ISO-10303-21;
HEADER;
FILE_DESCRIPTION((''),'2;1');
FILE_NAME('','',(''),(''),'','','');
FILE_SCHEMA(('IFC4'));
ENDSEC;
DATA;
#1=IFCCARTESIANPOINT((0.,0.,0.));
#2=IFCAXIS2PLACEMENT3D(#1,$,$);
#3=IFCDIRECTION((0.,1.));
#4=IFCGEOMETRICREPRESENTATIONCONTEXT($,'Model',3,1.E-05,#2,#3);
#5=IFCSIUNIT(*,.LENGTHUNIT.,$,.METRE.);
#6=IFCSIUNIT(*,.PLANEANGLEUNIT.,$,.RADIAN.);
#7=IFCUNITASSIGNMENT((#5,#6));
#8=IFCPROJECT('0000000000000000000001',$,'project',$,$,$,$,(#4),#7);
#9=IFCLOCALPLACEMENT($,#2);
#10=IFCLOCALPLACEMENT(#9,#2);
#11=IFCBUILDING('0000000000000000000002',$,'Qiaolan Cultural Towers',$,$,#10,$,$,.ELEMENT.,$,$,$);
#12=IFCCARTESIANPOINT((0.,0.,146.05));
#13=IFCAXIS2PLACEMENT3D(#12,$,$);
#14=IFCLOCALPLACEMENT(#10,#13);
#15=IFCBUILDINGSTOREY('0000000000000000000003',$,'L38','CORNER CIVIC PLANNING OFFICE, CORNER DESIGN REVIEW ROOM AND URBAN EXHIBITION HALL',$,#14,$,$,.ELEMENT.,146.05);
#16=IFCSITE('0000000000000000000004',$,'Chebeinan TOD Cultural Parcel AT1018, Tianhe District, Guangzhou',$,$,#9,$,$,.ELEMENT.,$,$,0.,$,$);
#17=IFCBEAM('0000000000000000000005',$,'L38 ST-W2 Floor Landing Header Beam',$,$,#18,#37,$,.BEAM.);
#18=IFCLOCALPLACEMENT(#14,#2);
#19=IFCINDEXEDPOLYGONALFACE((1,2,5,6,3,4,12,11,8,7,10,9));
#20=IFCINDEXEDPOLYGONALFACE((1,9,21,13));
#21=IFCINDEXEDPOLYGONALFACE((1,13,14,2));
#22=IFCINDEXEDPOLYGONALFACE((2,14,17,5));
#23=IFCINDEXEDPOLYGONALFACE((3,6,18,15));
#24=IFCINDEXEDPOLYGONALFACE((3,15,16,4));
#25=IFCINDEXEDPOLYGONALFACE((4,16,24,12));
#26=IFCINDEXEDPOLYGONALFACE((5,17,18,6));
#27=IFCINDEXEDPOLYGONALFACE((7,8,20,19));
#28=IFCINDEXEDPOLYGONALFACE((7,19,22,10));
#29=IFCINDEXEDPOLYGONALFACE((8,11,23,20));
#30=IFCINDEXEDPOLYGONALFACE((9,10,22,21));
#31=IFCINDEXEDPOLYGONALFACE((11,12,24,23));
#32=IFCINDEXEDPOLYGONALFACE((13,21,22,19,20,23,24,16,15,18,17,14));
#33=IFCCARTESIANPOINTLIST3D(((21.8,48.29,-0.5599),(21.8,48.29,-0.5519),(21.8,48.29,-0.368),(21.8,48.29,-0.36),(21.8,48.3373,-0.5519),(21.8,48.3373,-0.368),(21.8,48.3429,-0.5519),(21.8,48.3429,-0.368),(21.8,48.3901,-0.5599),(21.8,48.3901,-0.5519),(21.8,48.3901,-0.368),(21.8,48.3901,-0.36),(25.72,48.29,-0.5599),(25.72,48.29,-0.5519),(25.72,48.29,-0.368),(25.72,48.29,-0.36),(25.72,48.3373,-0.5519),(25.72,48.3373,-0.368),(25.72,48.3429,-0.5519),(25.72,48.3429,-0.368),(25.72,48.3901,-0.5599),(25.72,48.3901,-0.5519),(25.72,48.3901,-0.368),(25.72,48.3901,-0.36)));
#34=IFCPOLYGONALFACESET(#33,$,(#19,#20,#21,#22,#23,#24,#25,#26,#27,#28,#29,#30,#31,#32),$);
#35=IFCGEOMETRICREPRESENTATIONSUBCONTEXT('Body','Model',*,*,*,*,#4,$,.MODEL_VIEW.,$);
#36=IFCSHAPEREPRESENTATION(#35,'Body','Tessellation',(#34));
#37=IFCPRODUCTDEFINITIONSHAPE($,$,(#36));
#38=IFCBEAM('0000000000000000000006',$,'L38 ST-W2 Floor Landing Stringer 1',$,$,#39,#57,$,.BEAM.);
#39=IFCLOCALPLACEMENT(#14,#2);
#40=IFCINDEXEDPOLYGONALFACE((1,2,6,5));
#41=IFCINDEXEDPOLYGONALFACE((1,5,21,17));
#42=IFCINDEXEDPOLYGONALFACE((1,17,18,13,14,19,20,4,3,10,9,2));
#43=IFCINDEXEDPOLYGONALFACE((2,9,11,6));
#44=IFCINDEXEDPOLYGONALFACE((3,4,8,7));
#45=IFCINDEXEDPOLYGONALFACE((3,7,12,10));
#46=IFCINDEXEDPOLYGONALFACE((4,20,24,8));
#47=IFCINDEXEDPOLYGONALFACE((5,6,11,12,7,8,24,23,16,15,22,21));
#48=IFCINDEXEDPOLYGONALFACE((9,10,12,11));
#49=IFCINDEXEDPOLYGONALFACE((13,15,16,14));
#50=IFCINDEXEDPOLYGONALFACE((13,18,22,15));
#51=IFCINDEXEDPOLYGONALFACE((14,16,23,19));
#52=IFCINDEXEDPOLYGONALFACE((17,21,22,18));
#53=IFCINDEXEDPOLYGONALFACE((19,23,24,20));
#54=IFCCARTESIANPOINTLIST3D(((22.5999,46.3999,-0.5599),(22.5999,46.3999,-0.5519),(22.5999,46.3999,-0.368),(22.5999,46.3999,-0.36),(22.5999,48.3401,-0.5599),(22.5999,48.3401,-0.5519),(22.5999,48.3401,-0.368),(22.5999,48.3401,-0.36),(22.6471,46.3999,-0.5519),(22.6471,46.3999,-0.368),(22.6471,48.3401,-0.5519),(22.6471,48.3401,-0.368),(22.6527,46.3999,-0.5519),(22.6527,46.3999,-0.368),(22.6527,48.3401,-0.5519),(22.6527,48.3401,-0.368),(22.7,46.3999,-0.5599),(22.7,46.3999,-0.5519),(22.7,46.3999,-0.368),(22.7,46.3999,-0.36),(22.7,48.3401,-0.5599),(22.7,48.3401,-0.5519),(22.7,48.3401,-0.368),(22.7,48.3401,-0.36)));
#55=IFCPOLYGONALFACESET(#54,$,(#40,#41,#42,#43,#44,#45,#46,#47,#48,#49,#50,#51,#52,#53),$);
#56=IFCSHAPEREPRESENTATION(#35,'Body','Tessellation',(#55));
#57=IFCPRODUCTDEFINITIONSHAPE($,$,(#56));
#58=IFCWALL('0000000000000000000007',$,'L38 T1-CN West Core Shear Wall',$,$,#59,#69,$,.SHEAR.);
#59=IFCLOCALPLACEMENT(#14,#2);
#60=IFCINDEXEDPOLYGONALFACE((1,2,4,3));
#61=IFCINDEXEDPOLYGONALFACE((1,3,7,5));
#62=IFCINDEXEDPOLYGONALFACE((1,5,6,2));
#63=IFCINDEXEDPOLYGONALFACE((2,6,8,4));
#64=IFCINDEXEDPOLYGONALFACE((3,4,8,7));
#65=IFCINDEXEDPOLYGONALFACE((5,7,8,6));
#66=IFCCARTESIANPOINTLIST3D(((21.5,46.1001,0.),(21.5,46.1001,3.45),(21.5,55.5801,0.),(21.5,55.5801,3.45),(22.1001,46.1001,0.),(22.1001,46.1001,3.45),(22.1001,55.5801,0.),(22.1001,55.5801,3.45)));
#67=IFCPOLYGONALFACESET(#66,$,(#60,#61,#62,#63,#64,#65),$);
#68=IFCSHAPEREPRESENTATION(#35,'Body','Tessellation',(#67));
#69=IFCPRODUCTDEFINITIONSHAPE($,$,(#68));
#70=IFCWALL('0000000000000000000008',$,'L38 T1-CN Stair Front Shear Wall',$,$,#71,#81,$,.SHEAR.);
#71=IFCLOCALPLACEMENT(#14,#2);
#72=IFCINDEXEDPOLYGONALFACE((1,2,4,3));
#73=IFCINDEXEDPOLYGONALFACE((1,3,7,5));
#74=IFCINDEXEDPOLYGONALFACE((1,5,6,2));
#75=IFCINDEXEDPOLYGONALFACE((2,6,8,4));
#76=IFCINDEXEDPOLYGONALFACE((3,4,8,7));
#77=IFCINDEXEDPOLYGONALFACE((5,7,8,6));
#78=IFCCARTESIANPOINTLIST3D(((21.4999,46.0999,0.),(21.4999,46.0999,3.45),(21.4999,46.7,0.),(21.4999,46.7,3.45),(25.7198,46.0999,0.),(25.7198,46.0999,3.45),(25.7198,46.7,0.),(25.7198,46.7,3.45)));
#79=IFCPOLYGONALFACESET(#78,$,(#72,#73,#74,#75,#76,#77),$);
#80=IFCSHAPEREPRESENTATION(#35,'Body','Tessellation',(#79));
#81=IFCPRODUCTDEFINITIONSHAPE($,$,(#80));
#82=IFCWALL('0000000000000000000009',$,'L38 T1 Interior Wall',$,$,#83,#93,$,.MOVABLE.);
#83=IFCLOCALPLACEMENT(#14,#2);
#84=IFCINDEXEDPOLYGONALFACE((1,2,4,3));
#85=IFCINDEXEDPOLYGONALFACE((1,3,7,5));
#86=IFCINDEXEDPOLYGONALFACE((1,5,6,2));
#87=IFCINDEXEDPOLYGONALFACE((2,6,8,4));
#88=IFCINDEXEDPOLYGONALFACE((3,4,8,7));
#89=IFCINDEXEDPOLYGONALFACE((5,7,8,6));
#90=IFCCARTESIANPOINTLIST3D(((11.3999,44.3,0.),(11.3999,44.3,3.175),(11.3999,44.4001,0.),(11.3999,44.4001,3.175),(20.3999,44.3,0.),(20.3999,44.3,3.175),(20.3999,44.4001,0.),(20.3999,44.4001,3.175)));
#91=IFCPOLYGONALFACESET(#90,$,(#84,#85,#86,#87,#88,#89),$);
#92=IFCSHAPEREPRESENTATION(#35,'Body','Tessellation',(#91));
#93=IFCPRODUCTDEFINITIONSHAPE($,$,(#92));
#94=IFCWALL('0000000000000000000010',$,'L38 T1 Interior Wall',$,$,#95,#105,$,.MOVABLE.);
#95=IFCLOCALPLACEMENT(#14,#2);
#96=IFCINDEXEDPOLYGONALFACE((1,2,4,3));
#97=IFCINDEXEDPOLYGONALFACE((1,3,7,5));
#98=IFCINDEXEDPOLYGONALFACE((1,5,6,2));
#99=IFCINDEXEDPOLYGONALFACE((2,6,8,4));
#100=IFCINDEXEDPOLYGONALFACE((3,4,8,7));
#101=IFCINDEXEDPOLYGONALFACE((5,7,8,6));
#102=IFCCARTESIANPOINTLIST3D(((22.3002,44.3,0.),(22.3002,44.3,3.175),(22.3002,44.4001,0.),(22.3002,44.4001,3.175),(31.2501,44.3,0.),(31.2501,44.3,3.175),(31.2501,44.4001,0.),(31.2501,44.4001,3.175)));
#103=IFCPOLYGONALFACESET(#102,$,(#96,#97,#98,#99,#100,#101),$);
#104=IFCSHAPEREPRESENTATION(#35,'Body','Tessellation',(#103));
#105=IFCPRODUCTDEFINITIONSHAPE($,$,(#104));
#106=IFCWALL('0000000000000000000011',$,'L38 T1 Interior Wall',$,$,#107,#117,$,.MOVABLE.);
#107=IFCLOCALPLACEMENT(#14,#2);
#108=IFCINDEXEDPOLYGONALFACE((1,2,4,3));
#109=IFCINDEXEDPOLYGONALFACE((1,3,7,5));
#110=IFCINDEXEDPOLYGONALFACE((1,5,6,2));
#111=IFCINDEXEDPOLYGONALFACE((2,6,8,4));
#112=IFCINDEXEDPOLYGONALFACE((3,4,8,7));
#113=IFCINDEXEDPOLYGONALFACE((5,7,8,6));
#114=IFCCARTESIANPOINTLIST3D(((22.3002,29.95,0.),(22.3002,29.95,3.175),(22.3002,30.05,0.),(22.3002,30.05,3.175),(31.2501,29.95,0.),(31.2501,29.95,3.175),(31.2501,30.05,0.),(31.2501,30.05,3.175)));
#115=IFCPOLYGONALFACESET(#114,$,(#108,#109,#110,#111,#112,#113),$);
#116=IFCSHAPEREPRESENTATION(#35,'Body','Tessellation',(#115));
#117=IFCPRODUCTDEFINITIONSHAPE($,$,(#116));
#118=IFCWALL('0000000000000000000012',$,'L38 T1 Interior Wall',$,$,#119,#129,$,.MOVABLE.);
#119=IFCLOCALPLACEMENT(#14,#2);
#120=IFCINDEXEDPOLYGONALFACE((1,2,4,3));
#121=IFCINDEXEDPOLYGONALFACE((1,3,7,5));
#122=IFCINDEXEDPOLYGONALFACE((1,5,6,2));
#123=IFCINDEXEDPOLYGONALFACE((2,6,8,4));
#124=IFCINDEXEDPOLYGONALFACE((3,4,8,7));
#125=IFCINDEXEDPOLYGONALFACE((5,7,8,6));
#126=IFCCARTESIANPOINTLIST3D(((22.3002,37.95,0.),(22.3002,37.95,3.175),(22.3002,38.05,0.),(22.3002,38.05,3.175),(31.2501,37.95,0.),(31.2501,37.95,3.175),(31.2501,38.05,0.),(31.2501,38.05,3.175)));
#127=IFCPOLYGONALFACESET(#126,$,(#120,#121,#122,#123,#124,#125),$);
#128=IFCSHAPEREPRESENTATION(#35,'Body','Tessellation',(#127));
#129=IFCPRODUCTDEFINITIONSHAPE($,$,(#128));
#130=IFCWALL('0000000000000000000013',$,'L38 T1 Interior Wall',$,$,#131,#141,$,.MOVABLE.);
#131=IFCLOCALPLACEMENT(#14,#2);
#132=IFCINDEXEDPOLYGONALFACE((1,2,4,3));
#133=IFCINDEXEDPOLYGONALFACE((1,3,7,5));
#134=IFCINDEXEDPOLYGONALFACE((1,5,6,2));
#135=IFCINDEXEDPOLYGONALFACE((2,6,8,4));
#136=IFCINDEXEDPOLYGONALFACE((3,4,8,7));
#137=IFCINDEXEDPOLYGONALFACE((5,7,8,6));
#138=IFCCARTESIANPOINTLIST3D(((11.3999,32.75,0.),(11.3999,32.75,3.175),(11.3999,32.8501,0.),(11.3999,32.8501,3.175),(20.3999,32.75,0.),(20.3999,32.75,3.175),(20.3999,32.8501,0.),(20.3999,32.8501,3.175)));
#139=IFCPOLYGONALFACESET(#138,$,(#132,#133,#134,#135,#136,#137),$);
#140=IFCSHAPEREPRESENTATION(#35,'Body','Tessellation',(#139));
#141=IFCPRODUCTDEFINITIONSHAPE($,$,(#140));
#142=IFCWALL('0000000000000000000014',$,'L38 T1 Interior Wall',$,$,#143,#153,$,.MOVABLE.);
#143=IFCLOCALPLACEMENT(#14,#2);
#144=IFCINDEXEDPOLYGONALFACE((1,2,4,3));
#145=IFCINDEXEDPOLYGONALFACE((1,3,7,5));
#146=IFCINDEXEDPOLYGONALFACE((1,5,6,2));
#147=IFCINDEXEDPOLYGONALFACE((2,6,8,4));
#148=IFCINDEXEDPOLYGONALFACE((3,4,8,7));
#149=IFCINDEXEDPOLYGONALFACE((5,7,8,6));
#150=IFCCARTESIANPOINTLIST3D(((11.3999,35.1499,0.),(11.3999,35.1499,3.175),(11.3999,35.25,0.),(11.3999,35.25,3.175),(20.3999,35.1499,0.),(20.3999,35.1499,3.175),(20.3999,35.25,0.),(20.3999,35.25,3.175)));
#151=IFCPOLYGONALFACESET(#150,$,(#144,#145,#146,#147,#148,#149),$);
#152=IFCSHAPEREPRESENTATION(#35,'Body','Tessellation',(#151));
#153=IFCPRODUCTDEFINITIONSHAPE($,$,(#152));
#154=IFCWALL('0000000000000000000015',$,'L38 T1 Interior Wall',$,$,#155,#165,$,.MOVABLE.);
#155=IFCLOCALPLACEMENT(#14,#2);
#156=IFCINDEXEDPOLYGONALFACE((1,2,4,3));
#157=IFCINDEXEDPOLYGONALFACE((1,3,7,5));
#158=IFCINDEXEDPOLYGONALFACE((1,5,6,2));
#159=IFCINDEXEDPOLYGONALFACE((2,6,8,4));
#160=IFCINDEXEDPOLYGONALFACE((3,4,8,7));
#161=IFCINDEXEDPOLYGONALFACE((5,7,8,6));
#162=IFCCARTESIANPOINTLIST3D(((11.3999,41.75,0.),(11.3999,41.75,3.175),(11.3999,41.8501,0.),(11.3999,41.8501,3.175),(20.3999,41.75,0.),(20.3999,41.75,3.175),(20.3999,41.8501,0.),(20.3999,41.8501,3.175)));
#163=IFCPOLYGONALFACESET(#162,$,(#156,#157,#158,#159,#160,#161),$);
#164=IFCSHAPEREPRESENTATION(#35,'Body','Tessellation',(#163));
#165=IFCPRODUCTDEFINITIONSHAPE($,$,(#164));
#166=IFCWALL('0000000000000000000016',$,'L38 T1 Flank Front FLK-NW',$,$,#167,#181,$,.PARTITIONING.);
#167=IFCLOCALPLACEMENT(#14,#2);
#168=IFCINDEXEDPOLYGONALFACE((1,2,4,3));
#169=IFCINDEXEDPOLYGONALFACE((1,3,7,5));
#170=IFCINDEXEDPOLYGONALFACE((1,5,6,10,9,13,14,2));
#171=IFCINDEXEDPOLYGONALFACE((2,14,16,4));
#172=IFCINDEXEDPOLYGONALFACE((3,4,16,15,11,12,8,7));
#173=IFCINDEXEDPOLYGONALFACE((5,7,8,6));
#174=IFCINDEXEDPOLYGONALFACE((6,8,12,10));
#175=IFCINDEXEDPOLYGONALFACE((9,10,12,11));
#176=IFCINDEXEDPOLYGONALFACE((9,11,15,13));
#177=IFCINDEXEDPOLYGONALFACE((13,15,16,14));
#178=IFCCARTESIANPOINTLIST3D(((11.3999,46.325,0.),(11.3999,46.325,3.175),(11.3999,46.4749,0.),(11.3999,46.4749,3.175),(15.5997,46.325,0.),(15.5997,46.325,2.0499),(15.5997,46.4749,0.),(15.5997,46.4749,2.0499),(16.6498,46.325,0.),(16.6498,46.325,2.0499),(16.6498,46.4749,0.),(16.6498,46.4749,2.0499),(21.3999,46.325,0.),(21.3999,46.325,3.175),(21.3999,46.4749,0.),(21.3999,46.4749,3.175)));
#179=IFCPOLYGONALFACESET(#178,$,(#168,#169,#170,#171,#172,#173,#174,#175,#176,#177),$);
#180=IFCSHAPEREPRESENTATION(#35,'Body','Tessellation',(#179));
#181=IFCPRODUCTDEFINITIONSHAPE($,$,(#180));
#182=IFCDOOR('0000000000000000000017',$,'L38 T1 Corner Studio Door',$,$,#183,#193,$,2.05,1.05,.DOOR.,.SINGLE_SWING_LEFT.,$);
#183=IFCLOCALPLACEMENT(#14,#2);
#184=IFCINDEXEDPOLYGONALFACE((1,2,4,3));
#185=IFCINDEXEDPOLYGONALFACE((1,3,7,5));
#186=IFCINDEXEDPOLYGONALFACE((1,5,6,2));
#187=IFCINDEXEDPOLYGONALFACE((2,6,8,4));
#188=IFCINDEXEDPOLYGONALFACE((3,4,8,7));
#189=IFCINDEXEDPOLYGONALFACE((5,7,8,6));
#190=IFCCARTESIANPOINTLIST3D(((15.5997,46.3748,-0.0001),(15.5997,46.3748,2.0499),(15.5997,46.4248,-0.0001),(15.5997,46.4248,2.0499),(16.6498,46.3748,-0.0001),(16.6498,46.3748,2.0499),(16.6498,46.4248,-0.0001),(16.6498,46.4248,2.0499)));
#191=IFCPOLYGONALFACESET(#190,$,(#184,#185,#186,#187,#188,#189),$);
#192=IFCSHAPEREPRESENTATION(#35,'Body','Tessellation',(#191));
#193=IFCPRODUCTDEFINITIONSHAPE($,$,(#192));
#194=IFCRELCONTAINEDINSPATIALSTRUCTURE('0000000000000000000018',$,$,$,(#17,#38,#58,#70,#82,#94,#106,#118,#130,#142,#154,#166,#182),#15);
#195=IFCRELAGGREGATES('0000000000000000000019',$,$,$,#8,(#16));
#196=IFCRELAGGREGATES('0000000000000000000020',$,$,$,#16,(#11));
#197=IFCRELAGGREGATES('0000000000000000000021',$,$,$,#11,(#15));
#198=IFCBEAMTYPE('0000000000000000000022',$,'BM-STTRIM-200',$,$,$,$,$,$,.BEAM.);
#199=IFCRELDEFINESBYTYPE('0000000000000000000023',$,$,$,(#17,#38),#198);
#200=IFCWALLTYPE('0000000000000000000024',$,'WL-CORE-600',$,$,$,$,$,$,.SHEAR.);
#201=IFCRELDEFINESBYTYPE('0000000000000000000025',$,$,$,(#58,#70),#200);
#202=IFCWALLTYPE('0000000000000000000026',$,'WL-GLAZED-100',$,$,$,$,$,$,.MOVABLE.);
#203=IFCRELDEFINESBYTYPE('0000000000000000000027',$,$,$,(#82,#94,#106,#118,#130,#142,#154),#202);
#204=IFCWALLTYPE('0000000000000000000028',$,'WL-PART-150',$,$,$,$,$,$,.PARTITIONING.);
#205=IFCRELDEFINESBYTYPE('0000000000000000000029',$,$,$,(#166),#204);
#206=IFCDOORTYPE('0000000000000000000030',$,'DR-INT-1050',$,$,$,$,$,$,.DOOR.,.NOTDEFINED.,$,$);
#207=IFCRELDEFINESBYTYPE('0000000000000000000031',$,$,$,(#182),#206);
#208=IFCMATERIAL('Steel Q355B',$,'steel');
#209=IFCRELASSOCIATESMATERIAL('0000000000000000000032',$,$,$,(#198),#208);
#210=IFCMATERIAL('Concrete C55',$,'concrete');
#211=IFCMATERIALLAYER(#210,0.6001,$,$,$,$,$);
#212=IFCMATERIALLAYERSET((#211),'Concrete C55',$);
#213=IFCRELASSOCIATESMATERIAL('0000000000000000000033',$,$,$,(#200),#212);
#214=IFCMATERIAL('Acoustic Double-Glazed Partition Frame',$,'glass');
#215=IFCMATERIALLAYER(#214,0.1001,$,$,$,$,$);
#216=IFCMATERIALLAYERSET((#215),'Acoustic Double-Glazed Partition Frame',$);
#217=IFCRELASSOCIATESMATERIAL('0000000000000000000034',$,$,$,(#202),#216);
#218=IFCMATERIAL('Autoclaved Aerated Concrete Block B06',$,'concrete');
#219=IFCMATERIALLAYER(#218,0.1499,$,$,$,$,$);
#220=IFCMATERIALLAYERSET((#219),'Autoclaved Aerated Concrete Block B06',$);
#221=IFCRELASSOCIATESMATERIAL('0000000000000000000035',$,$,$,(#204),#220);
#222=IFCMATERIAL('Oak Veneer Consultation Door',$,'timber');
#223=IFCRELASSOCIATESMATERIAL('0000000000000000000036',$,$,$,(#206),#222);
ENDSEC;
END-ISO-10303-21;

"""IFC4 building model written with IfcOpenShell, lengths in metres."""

from ifc_helpers import new_model, si_unit, direction, frame, frame_2d, origin, origin_2d, place, context, subcontext, project, spatial, rectangle, i_section, extrude, material, layer, layer_set, material_profile, profile_set, type_object, element, fill, save


model = new_model("IFC4")

# Units and contexts
model_context = context("Model", 3, precision=1e-05, world=origin(), true_north=direction((0.0, 1.0)))
body_context = subcontext(model_context, "Body", "Model", "MODEL_VIEW")
ifc_project = project(units=[si_unit("LENGTHUNIT", "METRE"), si_unit("PLANEANGLEUNIT", "RADIAN")], contexts=[model_context])

# Site, building, storey
site_placement = place(None, origin())
site = spatial("IfcSite", under=ifc_project, at=site_placement, Name="Chebeinan TOD Cultural Parcel AT1018, Tianhe District, Guangzhou", CompositionType="ELEMENT", RefElevation=0.0)
building_placement = place(site_placement, origin())
building = spatial("IfcBuilding", under=site, at=building_placement, Name="Qiaolan Cultural Towers", CompositionType="ELEMENT")
storey_placement = place(building_placement, frame((0.0, 0.0, 146.05)))
storey = spatial("IfcBuildingStorey", under=building, at=storey_placement, Name="L38", Description="CORNER CIVIC PLANNING OFFICE, CORNER DESIGN REVIEW ROOM AND URBAN EXHIBITION HALL", CompositionType="ELEMENT", Elevation=146.05)

# Beams
ifc_material_1 = material(Name="Steel Q355B", Category="steel")
ifc_material_profile_1 = material_profile(ifc_material_1, i_section(OverallWidth=0.1001, OverallDepth=0.2, WebThickness=0.0056, FlangeThickness=0.0081, at=origin_2d()), Name="HN200x100x5.5x8")
ifc_profile_set_1 = profile_set([ifc_material_profile_1], Name="Steel Q355B")
beam_type_1 = type_object("IfcBeamType", Name="BM-STTRIM-200", PredefinedType="BEAM", material=ifc_profile_set_1)
beam_1_placement = place(storey_placement, frame((21.8, 48.3401, -0.46), z_axis=(1.0, 0.0, 0.0), x_axis=(0.0, 1.0, 0.0)))
element("IfcBeam", 1, at=beam_1_placement, inside=storey, type_object=beam_type_1, Name="L38 ST-W2 Floor Landing Header Beam", PredefinedType="BEAM", context=body_context, shape_type="SweptSolid", body=[
    extrude(i_section(OverallWidth=0.1001, OverallDepth=0.2, WebThickness=0.0056, FlangeThickness=0.0081, at=origin_2d()), origin(), (0.0, 0.0, 1.0), 3.9199),
])
beam_2_placement = place(storey_placement, frame((22.6499, 46.3999, -0.46), z_axis=(0.0, 1.0, 0.0), x_axis=(-1.0, 0.0, 0.0)))
element("IfcBeam", 2, at=beam_2_placement, inside=storey, type_object=beam_type_1, Name="L38 ST-W2 Floor Landing Stringer 1", PredefinedType="BEAM", context=body_context, shape_type="SweptSolid", body=[
    extrude(i_section(OverallWidth=0.1001, OverallDepth=0.2, WebThickness=0.0056, FlangeThickness=0.0081, at=origin_2d()), origin(), (0.0, 0.0, 1.0), 1.9402),
])

# Walls
ifc_material_2 = material(Name="Concrete C55", Category="concrete")
ifc_layer_1 = layer(ifc_material_2, 0.6001)
ifc_layer_set_1 = layer_set([ifc_layer_1], Name="Concrete C55")
wall_type_1 = type_object("IfcWallType", Name="WL-CORE-600", PredefinedType="SHEAR", material=ifc_layer_set_1)
wall_1_placement = place(storey_placement, frame((21.8, 46.1001, 0.0), z_axis=(0.0, 0.0, 1.0), x_axis=(0.0, 1.0, 0.0)))
element("IfcWall", 3, at=wall_1_placement, inside=storey, type_object=wall_type_1, Name="L38 T1-CN West Core Shear Wall", PredefinedType="SHEAR", context=body_context, shape_type="SweptSolid", body=[
    extrude(rectangle(XDim=9.48, YDim=0.6001, at=frame_2d((4.74, 0.0))), origin(), (0.0, 0.0, 1.0), 3.45),
])
wall_2_placement = place(storey_placement, frame((21.5, 46.3999, 0.0), z_axis=(0.0, 0.0, 1.0), x_axis=(1.0, 0.0, 0.0)))
element("IfcWall", 4, at=wall_2_placement, inside=storey, type_object=wall_type_1, Name="L38 T1-CN Stair Front Shear Wall", PredefinedType="SHEAR", context=body_context, shape_type="SweptSolid", body=[
    extrude(rectangle(XDim=4.22, YDim=0.6001, at=frame_2d((2.1099, 0.0))), origin(), (0.0, 0.0, 1.0), 3.45),
])
ifc_material_3 = material(Name="Acoustic Double-Glazed Partition Frame", Category="glass")
ifc_layer_2 = layer(ifc_material_3, 0.1001)
ifc_layer_set_2 = layer_set([ifc_layer_2], Name="Acoustic Double-Glazed Partition Frame")
wall_type_2 = type_object("IfcWallType", Name="WL-GLAZED-100", PredefinedType="MOVABLE", material=ifc_layer_set_2)
wall_3_placement = place(storey_placement, frame((11.3999, 44.3501, 0.0), z_axis=(0.0, 0.0, 1.0), x_axis=(1.0, 0.0, 0.0)))
element("IfcWall", 5, at=wall_3_placement, inside=storey, type_object=wall_type_2, Name="L38 T1 Interior Wall", PredefinedType="MOVABLE", context=body_context, shape_type="SweptSolid", body=[
    extrude(rectangle(XDim=9.0, YDim=0.1001, at=frame_2d((4.5, 0.0))), origin(), (0.0, 0.0, 1.0), 3.175),
])
for number, where, z_axis, x_axis, name in (
    (6, (22.3, 44.3501, 0.0), (0.0, 0.0, 1.0), (1.0, 0.0, 0.0), "L38 T1 Interior Wall"),
    (7, (22.3, 30.0, 0.0), (0.0, 0.0, 1.0), (1.0, 0.0, 0.0), "L38 T1 Interior Wall"),
    (8, (22.3, 38.0, 0.0), (0.0, 0.0, 1.0), (1.0, 0.0, 0.0), "L38 T1 Interior Wall"),
):
    element("IfcWall", number, at=place(storey_placement, frame(where, z_axis=z_axis, x_axis=x_axis)), inside=storey, type_object=wall_type_2, Name=name, PredefinedType="MOVABLE", context=body_context, shape_type="SweptSolid", body=[
        extrude(rectangle(XDim=8.95, YDim=0.1001, at=frame_2d((4.4751, 0.0))), origin(), (0.0, 0.0, 1.0), 3.175),
    ])
for number, where, z_axis, x_axis, name in (
    (9, (11.3999, 32.8, 0.0), (0.0, 0.0, 1.0), (1.0, 0.0, 0.0), "L38 T1 Interior Wall"),
    (10, (11.3999, 35.2, 0.0), (0.0, 0.0, 1.0), (1.0, 0.0, 0.0), "L38 T1 Interior Wall"),
    (11, (11.3999, 41.8, 0.0), (0.0, 0.0, 1.0), (1.0, 0.0, 0.0), "L38 T1 Interior Wall"),
):
    element("IfcWall", number, at=place(storey_placement, frame(where, z_axis=z_axis, x_axis=x_axis)), inside=storey, type_object=wall_type_2, Name=name, PredefinedType="MOVABLE", context=body_context, shape_type="SweptSolid", body=[
        extrude(rectangle(XDim=9.0, YDim=0.1001, at=frame_2d((4.5, 0.0))), origin(), (0.0, 0.0, 1.0), 3.175),
    ])

# Wall, opening, door
ifc_material_4 = material(Name="Autoclaved Aerated Concrete Block B06", Category="concrete")
ifc_layer_3 = layer(ifc_material_4, 0.1499)
ifc_layer_set_3 = layer_set([ifc_layer_3], Name="Autoclaved Aerated Concrete Block B06")
wall_type_3 = type_object("IfcWallType", Name="WL-PART-150", PredefinedType="PARTITIONING", material=ifc_layer_set_3)
wall_4_placement = place(storey_placement, frame((11.3999, 46.3999, 0.0), z_axis=(0.0, 0.0, 1.0), x_axis=(1.0, 0.0, 0.0)))
wall_4 = element("IfcWall", 12, at=wall_4_placement, inside=storey, type_object=wall_type_3, Name="L38 T1 Flank Front FLK-NW", PredefinedType="PARTITIONING", context=body_context, shape_type="SweptSolid", body=[
    extrude(rectangle(XDim=10.0, YDim=0.1499, at=frame_2d((5.0, 0.0))), origin(), (0.0, 0.0, 1.0), 3.175),
])
opening_placement = place(wall_4_placement, frame((4.2, 0.0, 0.0)))
opening = element("IfcOpeningElement", 13, at=opening_placement, cuts=wall_4, PredefinedType="OPENING", context=body_context, shape_type="SweptSolid", body=[
    extrude(rectangle(XDim=1.05, YDim=2.05, at=frame_2d((0.5249, 1.0249))), frame((0.0, 0.085, 0.0), z_axis=(0.0, -1.0, 0.0), x_axis=(1.0, 0.0, 0.0)), (0.0, 0.0, 1.0), 0.1699),
])
ifc_material_5 = material(Name="Oak Veneer Consultation Door", Category="timber")
door_type = type_object("IfcDoorType", Name="DR-INT-1050", OperationType="NOTDEFINED", PredefinedType="DOOR", material=ifc_material_5)
door_placement = place(opening_placement, origin())
door = element("IfcDoor", 14, at=door_placement, inside=storey, type_object=door_type, Name="L38 T1 Corner Studio Door", OperationType="SINGLE_SWING_LEFT", OverallHeight=2.05, OverallWidth=1.05, PredefinedType="DOOR", context=body_context, shape_type="SweptSolid", body=[
    extrude(rectangle(XDim=1.05, YDim=2.05, at=frame_2d((0.5249, 1.0249))), frame((0.0, 0.0249, 0.0), z_axis=(0.0, -1.0, 0.0), x_axis=(1.0, 0.0, 0.0)), (0.0, 0.0, 1.0), 0.05),
])
fill(opening, door)

save(model, "model.ifc")
